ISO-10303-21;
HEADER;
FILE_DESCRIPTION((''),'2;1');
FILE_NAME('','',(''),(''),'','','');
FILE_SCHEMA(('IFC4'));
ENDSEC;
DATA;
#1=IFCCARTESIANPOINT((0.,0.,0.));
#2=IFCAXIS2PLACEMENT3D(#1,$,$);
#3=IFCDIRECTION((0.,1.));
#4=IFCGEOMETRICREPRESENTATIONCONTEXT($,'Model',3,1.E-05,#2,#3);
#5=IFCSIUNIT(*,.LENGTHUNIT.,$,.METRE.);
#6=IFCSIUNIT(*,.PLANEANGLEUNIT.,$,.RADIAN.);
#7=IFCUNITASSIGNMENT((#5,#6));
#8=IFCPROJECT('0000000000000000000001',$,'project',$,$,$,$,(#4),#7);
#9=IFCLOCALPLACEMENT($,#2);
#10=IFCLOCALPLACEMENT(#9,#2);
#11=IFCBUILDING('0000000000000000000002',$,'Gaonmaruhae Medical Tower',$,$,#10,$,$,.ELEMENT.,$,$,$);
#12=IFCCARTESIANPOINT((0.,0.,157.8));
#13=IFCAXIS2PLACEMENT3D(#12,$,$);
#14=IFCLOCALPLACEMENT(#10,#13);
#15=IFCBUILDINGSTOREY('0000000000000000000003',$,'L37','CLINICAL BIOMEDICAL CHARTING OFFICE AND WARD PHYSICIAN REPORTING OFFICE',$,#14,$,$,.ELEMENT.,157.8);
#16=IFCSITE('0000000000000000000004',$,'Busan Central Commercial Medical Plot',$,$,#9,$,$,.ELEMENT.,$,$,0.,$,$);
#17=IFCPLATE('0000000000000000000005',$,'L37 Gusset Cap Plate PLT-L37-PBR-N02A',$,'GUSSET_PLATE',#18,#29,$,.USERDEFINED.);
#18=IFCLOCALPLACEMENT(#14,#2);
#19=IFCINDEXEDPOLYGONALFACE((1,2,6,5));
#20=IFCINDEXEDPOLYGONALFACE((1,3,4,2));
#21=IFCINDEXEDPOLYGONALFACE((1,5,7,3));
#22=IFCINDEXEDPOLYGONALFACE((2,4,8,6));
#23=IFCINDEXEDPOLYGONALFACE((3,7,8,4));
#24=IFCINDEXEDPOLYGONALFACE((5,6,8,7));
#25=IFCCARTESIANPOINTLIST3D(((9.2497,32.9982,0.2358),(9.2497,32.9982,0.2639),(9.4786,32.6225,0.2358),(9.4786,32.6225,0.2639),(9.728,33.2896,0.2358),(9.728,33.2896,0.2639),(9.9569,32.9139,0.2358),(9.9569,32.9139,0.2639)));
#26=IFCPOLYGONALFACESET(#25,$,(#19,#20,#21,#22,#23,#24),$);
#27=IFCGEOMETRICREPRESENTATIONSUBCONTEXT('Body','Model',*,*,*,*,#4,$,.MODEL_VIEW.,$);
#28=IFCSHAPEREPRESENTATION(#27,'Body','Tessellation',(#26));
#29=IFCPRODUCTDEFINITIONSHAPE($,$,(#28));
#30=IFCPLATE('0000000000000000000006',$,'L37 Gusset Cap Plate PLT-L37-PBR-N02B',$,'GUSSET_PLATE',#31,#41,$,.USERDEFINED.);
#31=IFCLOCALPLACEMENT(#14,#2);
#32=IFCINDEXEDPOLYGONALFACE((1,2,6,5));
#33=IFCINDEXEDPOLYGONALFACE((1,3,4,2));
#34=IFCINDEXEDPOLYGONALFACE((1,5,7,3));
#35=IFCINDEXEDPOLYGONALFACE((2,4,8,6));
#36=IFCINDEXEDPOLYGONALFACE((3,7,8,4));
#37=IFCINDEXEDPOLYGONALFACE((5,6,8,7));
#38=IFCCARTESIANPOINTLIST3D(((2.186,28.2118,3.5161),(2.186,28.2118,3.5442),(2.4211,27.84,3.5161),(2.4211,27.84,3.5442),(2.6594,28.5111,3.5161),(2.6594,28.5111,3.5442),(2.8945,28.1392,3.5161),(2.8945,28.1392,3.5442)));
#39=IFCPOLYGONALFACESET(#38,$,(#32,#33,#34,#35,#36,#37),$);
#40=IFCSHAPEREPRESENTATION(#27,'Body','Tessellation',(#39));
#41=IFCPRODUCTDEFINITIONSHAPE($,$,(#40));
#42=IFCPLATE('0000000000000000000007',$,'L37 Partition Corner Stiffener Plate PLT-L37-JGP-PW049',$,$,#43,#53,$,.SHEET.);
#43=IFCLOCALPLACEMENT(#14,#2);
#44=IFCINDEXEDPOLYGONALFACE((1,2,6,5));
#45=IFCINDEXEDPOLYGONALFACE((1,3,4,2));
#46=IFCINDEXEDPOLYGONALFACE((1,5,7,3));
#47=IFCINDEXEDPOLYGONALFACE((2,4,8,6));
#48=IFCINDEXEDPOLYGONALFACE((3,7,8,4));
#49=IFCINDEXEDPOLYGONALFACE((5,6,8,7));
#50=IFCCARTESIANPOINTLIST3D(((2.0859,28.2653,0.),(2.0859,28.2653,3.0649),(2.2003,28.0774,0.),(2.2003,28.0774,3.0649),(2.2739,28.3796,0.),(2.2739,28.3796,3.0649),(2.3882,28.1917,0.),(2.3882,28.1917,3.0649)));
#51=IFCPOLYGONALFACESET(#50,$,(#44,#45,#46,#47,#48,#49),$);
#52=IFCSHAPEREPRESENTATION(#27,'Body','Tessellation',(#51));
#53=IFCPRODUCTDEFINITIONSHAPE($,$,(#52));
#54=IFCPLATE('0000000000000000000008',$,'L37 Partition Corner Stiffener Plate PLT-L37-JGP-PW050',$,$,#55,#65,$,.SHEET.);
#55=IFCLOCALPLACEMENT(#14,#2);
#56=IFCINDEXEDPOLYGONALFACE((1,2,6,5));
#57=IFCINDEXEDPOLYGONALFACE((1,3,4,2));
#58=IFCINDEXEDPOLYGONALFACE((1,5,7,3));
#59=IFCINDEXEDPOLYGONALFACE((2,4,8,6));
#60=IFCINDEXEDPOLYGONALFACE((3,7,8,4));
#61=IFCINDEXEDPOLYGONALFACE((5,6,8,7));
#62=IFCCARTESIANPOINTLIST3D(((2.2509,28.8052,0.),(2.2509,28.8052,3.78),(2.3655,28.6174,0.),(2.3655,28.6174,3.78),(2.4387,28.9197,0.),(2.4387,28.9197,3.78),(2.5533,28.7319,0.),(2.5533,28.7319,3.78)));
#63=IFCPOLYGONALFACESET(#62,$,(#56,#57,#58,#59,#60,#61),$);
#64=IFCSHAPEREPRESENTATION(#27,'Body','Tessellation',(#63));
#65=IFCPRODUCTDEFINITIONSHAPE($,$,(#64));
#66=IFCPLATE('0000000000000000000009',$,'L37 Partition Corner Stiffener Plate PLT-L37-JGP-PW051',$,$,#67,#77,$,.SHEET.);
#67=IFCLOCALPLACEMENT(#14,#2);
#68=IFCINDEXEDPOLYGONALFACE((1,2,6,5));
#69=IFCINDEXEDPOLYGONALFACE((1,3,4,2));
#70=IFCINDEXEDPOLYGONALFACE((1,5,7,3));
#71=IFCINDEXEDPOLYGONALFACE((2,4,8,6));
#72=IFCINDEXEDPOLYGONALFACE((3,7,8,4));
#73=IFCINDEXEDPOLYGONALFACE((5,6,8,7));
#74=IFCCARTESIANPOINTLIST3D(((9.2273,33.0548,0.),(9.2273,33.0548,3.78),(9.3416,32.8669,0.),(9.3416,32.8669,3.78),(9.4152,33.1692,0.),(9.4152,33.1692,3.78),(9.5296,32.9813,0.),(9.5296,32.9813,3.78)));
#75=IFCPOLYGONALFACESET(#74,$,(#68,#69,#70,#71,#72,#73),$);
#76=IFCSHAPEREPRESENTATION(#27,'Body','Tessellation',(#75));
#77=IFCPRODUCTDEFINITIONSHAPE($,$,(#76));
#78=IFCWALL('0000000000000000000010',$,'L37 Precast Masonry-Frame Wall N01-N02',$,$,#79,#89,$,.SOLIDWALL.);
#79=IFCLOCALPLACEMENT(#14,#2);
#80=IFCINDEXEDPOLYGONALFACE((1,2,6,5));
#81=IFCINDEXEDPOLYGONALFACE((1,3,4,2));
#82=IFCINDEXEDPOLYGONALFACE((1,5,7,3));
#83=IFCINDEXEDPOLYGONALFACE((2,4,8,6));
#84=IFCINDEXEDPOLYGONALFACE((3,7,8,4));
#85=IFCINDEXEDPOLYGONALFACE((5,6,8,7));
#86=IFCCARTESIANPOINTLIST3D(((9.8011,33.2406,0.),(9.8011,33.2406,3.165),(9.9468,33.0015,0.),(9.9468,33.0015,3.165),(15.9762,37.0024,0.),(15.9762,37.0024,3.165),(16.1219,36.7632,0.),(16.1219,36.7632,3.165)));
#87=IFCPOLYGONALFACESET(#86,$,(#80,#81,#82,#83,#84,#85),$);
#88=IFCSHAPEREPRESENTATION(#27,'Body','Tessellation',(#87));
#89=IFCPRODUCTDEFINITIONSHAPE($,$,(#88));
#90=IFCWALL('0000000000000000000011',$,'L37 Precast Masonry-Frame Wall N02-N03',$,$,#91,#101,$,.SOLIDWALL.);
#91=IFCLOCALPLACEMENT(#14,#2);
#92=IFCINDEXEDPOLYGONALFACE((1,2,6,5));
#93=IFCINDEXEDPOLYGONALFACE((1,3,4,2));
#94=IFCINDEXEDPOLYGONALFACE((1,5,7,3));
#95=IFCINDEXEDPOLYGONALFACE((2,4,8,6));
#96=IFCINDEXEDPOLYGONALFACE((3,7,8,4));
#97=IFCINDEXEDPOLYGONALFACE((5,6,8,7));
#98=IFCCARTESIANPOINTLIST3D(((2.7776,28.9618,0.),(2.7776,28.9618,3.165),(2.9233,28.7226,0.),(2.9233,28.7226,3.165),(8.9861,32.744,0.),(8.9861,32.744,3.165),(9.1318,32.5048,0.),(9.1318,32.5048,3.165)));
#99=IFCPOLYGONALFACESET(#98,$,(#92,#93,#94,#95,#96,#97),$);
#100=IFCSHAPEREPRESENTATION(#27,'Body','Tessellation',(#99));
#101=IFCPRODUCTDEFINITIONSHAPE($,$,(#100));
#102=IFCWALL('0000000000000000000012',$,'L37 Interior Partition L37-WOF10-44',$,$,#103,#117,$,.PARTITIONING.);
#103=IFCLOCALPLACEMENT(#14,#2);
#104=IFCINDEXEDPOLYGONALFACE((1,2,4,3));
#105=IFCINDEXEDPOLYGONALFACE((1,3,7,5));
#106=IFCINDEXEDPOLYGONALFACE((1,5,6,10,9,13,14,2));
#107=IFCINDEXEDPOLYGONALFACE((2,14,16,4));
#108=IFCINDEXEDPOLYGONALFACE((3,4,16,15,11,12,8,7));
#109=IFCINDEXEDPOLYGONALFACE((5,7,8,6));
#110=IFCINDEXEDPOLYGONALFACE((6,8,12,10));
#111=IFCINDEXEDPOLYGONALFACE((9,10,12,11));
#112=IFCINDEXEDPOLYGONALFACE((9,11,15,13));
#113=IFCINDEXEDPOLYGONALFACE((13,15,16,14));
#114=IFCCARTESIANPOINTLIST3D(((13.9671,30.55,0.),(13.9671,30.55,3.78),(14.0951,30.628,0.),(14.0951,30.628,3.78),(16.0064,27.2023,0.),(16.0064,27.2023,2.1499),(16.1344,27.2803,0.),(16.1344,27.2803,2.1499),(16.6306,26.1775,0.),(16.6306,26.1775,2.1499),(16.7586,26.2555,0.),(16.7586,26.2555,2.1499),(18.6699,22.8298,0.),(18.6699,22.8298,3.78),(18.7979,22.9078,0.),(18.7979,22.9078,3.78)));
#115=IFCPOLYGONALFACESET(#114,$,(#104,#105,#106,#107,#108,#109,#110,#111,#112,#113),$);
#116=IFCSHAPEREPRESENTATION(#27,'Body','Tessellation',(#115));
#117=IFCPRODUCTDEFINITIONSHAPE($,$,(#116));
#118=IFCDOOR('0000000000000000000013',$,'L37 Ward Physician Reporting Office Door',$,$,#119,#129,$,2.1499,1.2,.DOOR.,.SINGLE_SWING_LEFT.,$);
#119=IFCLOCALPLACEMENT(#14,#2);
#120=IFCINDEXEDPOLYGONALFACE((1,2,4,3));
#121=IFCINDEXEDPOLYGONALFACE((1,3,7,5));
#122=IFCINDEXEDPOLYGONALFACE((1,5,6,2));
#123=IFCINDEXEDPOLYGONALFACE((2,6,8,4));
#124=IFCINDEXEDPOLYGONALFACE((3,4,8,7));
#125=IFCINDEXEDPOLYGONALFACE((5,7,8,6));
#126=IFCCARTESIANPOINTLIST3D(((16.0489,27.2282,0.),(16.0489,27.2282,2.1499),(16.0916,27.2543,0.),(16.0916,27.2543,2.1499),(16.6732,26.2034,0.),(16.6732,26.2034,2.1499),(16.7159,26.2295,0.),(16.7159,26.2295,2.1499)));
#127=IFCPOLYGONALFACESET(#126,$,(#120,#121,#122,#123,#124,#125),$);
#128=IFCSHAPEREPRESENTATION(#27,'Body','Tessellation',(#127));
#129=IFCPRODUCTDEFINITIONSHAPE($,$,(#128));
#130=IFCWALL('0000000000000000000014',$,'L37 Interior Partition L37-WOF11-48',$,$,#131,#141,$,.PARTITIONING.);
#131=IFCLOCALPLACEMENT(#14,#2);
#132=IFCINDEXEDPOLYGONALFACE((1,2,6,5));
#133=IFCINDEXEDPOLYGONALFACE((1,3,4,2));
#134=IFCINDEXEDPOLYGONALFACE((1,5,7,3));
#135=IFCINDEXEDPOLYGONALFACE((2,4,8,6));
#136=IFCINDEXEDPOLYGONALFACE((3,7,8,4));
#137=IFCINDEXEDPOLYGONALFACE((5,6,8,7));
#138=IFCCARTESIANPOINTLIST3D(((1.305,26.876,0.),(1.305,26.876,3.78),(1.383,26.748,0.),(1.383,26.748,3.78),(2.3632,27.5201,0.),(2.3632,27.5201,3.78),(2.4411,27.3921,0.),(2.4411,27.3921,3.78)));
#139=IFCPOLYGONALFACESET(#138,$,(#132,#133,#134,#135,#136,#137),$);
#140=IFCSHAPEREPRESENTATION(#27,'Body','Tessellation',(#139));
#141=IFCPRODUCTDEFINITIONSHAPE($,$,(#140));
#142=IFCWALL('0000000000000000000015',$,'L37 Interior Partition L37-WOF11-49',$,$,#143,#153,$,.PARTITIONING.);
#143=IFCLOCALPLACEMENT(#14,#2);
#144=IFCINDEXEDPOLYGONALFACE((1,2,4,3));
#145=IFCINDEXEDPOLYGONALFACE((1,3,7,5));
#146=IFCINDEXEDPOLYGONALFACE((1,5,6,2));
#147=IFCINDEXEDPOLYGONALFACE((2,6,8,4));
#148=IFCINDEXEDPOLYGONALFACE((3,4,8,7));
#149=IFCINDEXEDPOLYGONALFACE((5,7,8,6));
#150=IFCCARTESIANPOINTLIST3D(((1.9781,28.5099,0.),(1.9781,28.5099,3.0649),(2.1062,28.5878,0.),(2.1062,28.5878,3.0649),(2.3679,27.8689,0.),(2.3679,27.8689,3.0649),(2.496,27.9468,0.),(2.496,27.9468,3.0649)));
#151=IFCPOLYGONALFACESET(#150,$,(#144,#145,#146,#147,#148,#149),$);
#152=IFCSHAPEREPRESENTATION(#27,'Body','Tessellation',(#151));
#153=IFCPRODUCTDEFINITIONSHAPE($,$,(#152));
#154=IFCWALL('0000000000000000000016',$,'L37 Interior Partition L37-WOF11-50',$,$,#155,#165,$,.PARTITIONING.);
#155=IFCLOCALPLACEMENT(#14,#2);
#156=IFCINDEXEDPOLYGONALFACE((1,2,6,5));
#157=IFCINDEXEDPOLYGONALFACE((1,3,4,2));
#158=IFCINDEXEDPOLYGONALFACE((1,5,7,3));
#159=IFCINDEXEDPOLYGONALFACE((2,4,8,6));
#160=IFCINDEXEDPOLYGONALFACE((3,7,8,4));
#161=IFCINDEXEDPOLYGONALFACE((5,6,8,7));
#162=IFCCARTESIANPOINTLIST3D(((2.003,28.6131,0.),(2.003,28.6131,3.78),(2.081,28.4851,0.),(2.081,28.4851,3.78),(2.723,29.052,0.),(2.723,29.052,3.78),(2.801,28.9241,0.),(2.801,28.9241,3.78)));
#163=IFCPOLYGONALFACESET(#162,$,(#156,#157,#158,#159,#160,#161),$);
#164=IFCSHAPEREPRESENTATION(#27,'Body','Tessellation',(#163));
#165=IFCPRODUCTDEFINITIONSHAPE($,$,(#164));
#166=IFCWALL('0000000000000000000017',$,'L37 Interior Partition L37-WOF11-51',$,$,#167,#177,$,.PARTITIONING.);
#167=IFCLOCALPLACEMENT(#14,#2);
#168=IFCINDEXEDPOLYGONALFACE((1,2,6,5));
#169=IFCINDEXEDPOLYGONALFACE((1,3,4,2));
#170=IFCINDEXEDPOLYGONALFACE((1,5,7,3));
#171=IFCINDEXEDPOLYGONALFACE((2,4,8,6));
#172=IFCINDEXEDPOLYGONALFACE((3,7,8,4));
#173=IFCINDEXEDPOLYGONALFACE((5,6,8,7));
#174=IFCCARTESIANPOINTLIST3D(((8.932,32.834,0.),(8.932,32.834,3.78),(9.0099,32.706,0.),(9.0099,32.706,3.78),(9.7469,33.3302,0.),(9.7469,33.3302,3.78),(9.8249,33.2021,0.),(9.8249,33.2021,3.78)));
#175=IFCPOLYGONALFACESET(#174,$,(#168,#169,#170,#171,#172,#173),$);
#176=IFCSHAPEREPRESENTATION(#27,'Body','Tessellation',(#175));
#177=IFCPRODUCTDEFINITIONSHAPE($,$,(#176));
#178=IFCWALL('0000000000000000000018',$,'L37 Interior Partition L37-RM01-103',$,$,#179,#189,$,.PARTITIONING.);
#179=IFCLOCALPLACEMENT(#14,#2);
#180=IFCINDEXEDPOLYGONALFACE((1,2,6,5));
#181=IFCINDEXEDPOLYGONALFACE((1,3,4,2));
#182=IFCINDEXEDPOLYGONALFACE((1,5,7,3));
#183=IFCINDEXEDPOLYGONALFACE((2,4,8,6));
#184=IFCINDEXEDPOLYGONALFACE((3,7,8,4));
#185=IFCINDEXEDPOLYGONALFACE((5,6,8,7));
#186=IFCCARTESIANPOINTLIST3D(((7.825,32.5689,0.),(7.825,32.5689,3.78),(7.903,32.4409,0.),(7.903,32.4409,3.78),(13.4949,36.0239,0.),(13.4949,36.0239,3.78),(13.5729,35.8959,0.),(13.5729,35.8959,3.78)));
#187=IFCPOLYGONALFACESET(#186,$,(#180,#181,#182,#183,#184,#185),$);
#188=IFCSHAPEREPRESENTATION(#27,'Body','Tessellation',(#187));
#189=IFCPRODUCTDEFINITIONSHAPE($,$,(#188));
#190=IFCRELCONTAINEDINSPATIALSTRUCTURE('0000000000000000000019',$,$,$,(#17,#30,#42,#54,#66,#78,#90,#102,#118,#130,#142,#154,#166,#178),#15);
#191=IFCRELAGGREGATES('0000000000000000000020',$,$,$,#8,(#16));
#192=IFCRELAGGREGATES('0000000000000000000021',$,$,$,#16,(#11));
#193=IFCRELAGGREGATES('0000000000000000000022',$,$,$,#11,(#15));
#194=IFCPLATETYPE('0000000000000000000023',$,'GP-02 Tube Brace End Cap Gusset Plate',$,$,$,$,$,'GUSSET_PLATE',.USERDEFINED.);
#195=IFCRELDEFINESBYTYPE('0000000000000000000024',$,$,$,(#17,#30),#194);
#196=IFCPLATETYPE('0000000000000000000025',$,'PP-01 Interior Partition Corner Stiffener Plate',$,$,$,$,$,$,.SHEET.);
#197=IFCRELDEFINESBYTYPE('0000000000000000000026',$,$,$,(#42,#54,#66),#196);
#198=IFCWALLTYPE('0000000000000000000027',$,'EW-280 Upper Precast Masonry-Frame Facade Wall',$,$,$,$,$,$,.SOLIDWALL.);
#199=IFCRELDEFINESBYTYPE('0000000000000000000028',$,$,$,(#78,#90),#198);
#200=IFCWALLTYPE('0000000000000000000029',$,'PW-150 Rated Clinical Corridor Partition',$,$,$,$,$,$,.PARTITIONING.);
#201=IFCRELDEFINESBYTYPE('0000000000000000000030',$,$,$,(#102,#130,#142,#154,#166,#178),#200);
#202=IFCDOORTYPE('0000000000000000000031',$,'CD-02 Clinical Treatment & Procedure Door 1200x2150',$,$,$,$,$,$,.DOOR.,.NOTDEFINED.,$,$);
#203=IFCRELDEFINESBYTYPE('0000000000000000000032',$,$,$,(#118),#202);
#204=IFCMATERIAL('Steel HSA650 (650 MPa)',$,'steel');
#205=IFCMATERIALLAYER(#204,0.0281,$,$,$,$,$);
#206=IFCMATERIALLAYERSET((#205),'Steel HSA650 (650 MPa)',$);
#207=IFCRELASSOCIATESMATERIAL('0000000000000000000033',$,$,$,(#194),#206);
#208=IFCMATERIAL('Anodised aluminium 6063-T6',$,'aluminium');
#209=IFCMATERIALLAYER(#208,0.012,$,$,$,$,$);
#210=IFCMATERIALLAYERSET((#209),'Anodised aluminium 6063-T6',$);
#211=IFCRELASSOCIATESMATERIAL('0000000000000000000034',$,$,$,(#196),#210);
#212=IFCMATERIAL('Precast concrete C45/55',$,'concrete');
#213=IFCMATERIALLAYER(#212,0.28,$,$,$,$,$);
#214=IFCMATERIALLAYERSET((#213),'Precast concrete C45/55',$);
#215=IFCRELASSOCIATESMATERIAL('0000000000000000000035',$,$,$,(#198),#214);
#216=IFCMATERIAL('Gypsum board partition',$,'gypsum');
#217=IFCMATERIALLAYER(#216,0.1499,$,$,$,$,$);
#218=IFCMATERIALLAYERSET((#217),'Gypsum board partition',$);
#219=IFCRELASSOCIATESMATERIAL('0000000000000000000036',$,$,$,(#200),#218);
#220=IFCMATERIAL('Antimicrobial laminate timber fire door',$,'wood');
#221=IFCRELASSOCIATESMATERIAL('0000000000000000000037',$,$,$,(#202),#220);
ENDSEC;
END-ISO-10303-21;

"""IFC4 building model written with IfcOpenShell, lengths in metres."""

from ifc_helpers import new_model, si_unit, direction, frame, frame_2d, origin, origin_2d, place, context, subcontext, project, spatial, rectangle, extrude, material, layer, layer_set, type_object, element, fill, save


model = new_model("IFC4")

# Units and contexts
model_context = context("Model", 3, precision=1e-05, world=origin(), true_north=direction((0.0, 1.0)))
body_context = subcontext(model_context, "Body", "Model", "MODEL_VIEW")
ifc_project = project(units=[si_unit("LENGTHUNIT", "METRE"), si_unit("PLANEANGLEUNIT", "RADIAN")], contexts=[model_context])

# Site, building, storey
site_placement = place(None, origin())
site = spatial("IfcSite", under=ifc_project, at=site_placement, Name="Busan Central Commercial Medical Plot", CompositionType="ELEMENT", RefElevation=0.0)
building_placement = place(site_placement, origin())
building = spatial("IfcBuilding", under=site, at=building_placement, Name="Gaonmaruhae Medical Tower", CompositionType="ELEMENT")
storey_placement = place(building_placement, frame((0.0, 0.0, 157.8)))
storey = spatial("IfcBuildingStorey", under=building, at=storey_placement, Name="L37", Description="CLINICAL BIOMEDICAL CHARTING OFFICE AND WARD PHYSICIAN REPORTING OFFICE", CompositionType="ELEMENT", Elevation=157.8)

# Plates
ifc_material_1 = material(Name="Steel HSA650 (650 MPa)", Category="steel")
ifc_layer_1 = layer(ifc_material_1, 0.0281)
ifc_layer_set_1 = layer_set([ifc_layer_1], Name="Steel HSA650 (650 MPa)")
plate_type_1 = type_object("IfcPlateType", Name="GP-02 Tube Brace End Cap Gusset Plate", ElementType="GUSSET_PLATE", PredefinedType="USERDEFINED", material=ifc_layer_set_1)
for number, where, z_axis, x_axis, name in (
    (1, (9.6033, 32.9561, 0.2358), (0.0, 0.0, 1.0), (0.854005, 0.520265, 0.0), "L37 Gusset Cap Plate PLT-L37-PBR-N02A"),
    (2, (2.5403, 28.1755, 3.5161), (0.0, 0.0, 1.0), (0.845262, 0.534352, 0.0), "L37 Gusset Cap Plate PLT-L37-PBR-N02B"),
):
    element("IfcPlate", number, at=place(storey_placement, frame(where, z_axis=z_axis, x_axis=x_axis)), inside=storey, type_object=plate_type_1, Name=name, ObjectType="GUSSET_PLATE", PredefinedType="USERDEFINED", context=body_context, shape_type="SweptSolid", body=[
        extrude(rectangle(XDim=0.5601, YDim=0.4399, at=origin_2d()), origin(), (0.0, 0.0, 1.0), 0.0281),
    ])
ifc_material_2 = material(Name="Anodised aluminium 6063-T6", Category="aluminium")
ifc_layer_2 = layer(ifc_material_2, 0.012)
ifc_layer_set_2 = layer_set([ifc_layer_2], Name="Anodised aluminium 6063-T6")
plate_type_2 = type_object("IfcPlateType", Name="PP-01 Interior Partition Corner Stiffener Plate", PredefinedType="SHEET", material=ifc_layer_set_2)
plate_placement = place(storey_placement, frame((2.2371, 28.2285, 0.0), z_axis=(0.0, 0.0, 1.0), x_axis=(-0.519773, 0.854305, 0.0)))
element("IfcPlate", 3, at=plate_placement, inside=storey, type_object=plate_type_2, Name="L37 Partition Corner Stiffener Plate PLT-L37-JGP-PW049", PredefinedType="SHEET", context=body_context, shape_type="SweptSolid", body=[
    extrude(rectangle(XDim=0.22, YDim=0.22, at=origin_2d()), origin(), (0.0, 0.0, 1.0), 3.0649),
])
for number, where, z_axis, x_axis, name in (
    (4, (2.4021, 28.7686, 0.0), (0.0, 0.0, 1.0), (0.853805, 0.520592, 0.0), "L37 Partition Corner Stiffener Plate PLT-L37-JGP-PW050"),
    (5, (9.3784, 33.0181, 0.0), (0.0, 0.0, 1.0), (0.854241, 0.519877, 0.0), "L37 Partition Corner Stiffener Plate PLT-L37-JGP-PW051"),
):
    element("IfcPlate", number, at=place(storey_placement, frame(where, z_axis=z_axis, x_axis=x_axis)), inside=storey, type_object=plate_type_2, Name=name, PredefinedType="SHEET", context=body_context, shape_type="SweptSolid", body=[
        extrude(rectangle(XDim=0.22, YDim=0.22, at=origin_2d()), origin(), (0.0, 0.0, 1.0), 3.78),
    ])

# Walls
ifc_material_3 = material(Name="Precast concrete C45/55", Category="concrete")
ifc_layer_3 = layer(ifc_material_3, 0.28)
ifc_layer_set_3 = layer_set([ifc_layer_3], Name="Precast concrete C45/55")
wall_type_1 = type_object("IfcWallType", Name="EW-280 Upper Precast Masonry-Frame Facade Wall", PredefinedType="SOLIDWALL", material=ifc_layer_set_3)
wall_1_placement = place(storey_placement, frame((9.874, 33.1211, 0.0), z_axis=(0.0, 0.0, 1.0), x_axis=(0.854015, 0.520249, 0.0)))
element("IfcWall", 6, at=wall_1_placement, inside=storey, type_object=wall_type_1, Name="L37 Precast Masonry-Frame Wall N01-N02", PredefinedType="SOLIDWALL", context=body_context, shape_type="SweptSolid", body=[
    extrude(rectangle(XDim=7.2307, YDim=0.28, at=frame_2d((3.6152, 0.0))), origin(), (0.0, 0.0, 1.0), 3.165),
])
wall_2_placement = place(storey_placement, frame((2.8506, 28.8423, 0.0), z_axis=(0.0, 0.0, 1.0), x_axis=(0.854007, 0.520262, 0.0)))
element("IfcWall", 7, at=wall_2_placement, inside=storey, type_object=wall_type_1, Name="L37 Precast Masonry-Frame Wall N02-N03", PredefinedType="SOLIDWALL", context=body_context, shape_type="SweptSolid", body=[
    extrude(rectangle(XDim=7.2698, YDim=0.28, at=frame_2d((3.6348, 0.0))), origin(), (0.0, 0.0, 1.0), 3.165),
])

# Wall, opening, door
ifc_material_4 = material(Name="Gypsum board partition", Category="gypsum")
ifc_layer_4 = layer(ifc_material_4, 0.1499)
ifc_layer_set_4 = layer_set([ifc_layer_4], Name="Gypsum board partition")
wall_type_2 = type_object("IfcWallType", Name="PW-150 Rated Clinical Corridor Partition", PredefinedType="PARTITIONING", material=ifc_layer_set_4)
wall_3_placement = place(storey_placement, frame((14.031, 30.5891, 0.0), z_axis=(0.0, 0.0, 1.0), x_axis=(0.520239, -0.854021, 0.0)))
wall_3 = element("IfcWall", 8, at=wall_3_placement, inside=storey, type_object=wall_type_2, Name="L37 Interior Partition L37-WOF10-44", PredefinedType="PARTITIONING", context=body_context, shape_type="SweptSolid", body=[
    extrude(rectangle(XDim=9.0398, YDim=0.1499, at=frame_2d((4.52, 0.0))), origin(), (0.0, 0.0, 1.0), 3.78),
])
opening_1_placement = place(wall_3_placement, frame((3.9199, 0.0, 0.0)))
opening_1 = element("IfcOpeningElement", 9, at=opening_1_placement, cuts=wall_3, PredefinedType="OPENING", context=body_context, shape_type="SweptSolid", body=[
    extrude(rectangle(XDim=1.2, YDim=2.1499, at=frame_2d((0.6001, 1.075))), frame((0.0, 0.085, 0.0), z_axis=(0.0, -1.0, 0.0), x_axis=(1.0, 0.0, 0.0)), (0.0, 0.0, 1.0), 0.1699),
])
ifc_material_5 = material(Name="Antimicrobial laminate timber fire door", Category="wood")
door_type = type_object("IfcDoorType", Name="CD-02 Clinical Treatment & Procedure Door 1200x2150", OperationType="NOTDEFINED", PredefinedType="DOOR", material=ifc_material_5)
door_1_placement = place(opening_1_placement, origin())
door_1 = element("IfcDoor", 10, at=door_1_placement, inside=storey, type_object=door_type, Name="L37 Ward Physician Reporting Office Door", OperationType="SINGLE_SWING_LEFT", OverallHeight=2.1499, OverallWidth=1.2, PredefinedType="DOOR", context=body_context, shape_type="SweptSolid", body=[
    extrude(rectangle(XDim=1.2, YDim=2.1499, at=frame_2d((0.6001, 1.075))), frame((0.0, 0.0249, 0.0), z_axis=(0.0, -1.0, 0.0), x_axis=(1.0, 0.0, 0.0)), (0.0, 0.0, 1.0), 0.05),
])
fill(opening_1, door_1)

# Walls
wall_4_placement = place(storey_placement, frame((1.344, 26.812, 0.0), z_axis=(0.0, 0.0, 1.0), x_axis=(0.854206, 0.519934, 0.0)))
element("IfcWall", 11, at=wall_4_placement, inside=storey, type_object=wall_type_2, Name="L37 Interior Partition L37-WOF11-48", PredefinedType="PARTITIONING", context=body_context, shape_type="SweptSolid", body=[
    extrude(rectangle(XDim=1.2388, YDim=0.1499, at=frame_2d((0.6194, 0.0))), origin(), (0.0, 0.0, 1.0), 3.78),
])
wall_5_placement = place(storey_placement, frame((2.4319, 27.908, 0.0), z_axis=(0.0, 0.0, 1.0), x_axis=(-0.519606, 0.854406, 0.0)))
element("IfcWall", 12, at=wall_5_placement, inside=storey, type_object=wall_type_2, Name="L37 Interior Partition L37-WOF11-49", PredefinedType="PARTITIONING", context=body_context, shape_type="SweptSolid", body=[
    extrude(rectangle(XDim=0.7502, YDim=0.1499, at=frame_2d((0.375, 0.0))), origin(), (0.0, 0.0, 1.0), 3.0649),
])
wall_6_placement = place(storey_placement, frame((2.042, 28.5491, 0.0), z_axis=(0.0, 0.0, 1.0), x_axis=(0.853818, 0.520571, 0.0)))
element("IfcWall", 13, at=wall_6_placement, inside=storey, type_object=wall_type_2, Name="L37 Interior Partition L37-WOF11-50", PredefinedType="PARTITIONING", context=body_context, shape_type="SweptSolid", body=[
    extrude(rectangle(XDim=0.8433, YDim=0.1499, at=frame_2d((0.4216, 0.0))), origin(), (0.0, 0.0, 1.0), 3.78),
])
wall_7_placement = place(storey_placement, frame((8.9709, 32.77, 0.0), z_axis=(0.0, 0.0, 1.0), x_axis=(0.854179, 0.519979, 0.0)))
element("IfcWall", 14, at=wall_7_placement, inside=storey, type_object=wall_type_2, Name="L37 Interior Partition L37-WOF11-51", PredefinedType="PARTITIONING", context=body_context, shape_type="SweptSolid", body=[
    extrude(rectangle(XDim=0.9541, YDim=0.1499, at=frame_2d((0.4771, 0.0))), origin(), (0.0, 0.0, 1.0), 3.78),
])

# Wall
wall_8_placement = place(storey_placement, frame((7.864, 32.5049, 0.0), z_axis=(0.0, 0.0, 1.0), x_axis=(0.853943, 0.520367, 0.0)))
element("IfcWall", 15, at=wall_8_placement, inside=storey, type_object=wall_type_2, Name="L37 Interior Partition L37-RM01-103", PredefinedType="PARTITIONING", context=body_context, shape_type="SweptSolid", body=[
    extrude(rectangle(XDim=6.6396, YDim=0.1499, at=frame_2d((3.3198, 0.0))), origin(), (0.0, 0.0, 1.0), 3.78),
])

save(model, "model.ifc")
